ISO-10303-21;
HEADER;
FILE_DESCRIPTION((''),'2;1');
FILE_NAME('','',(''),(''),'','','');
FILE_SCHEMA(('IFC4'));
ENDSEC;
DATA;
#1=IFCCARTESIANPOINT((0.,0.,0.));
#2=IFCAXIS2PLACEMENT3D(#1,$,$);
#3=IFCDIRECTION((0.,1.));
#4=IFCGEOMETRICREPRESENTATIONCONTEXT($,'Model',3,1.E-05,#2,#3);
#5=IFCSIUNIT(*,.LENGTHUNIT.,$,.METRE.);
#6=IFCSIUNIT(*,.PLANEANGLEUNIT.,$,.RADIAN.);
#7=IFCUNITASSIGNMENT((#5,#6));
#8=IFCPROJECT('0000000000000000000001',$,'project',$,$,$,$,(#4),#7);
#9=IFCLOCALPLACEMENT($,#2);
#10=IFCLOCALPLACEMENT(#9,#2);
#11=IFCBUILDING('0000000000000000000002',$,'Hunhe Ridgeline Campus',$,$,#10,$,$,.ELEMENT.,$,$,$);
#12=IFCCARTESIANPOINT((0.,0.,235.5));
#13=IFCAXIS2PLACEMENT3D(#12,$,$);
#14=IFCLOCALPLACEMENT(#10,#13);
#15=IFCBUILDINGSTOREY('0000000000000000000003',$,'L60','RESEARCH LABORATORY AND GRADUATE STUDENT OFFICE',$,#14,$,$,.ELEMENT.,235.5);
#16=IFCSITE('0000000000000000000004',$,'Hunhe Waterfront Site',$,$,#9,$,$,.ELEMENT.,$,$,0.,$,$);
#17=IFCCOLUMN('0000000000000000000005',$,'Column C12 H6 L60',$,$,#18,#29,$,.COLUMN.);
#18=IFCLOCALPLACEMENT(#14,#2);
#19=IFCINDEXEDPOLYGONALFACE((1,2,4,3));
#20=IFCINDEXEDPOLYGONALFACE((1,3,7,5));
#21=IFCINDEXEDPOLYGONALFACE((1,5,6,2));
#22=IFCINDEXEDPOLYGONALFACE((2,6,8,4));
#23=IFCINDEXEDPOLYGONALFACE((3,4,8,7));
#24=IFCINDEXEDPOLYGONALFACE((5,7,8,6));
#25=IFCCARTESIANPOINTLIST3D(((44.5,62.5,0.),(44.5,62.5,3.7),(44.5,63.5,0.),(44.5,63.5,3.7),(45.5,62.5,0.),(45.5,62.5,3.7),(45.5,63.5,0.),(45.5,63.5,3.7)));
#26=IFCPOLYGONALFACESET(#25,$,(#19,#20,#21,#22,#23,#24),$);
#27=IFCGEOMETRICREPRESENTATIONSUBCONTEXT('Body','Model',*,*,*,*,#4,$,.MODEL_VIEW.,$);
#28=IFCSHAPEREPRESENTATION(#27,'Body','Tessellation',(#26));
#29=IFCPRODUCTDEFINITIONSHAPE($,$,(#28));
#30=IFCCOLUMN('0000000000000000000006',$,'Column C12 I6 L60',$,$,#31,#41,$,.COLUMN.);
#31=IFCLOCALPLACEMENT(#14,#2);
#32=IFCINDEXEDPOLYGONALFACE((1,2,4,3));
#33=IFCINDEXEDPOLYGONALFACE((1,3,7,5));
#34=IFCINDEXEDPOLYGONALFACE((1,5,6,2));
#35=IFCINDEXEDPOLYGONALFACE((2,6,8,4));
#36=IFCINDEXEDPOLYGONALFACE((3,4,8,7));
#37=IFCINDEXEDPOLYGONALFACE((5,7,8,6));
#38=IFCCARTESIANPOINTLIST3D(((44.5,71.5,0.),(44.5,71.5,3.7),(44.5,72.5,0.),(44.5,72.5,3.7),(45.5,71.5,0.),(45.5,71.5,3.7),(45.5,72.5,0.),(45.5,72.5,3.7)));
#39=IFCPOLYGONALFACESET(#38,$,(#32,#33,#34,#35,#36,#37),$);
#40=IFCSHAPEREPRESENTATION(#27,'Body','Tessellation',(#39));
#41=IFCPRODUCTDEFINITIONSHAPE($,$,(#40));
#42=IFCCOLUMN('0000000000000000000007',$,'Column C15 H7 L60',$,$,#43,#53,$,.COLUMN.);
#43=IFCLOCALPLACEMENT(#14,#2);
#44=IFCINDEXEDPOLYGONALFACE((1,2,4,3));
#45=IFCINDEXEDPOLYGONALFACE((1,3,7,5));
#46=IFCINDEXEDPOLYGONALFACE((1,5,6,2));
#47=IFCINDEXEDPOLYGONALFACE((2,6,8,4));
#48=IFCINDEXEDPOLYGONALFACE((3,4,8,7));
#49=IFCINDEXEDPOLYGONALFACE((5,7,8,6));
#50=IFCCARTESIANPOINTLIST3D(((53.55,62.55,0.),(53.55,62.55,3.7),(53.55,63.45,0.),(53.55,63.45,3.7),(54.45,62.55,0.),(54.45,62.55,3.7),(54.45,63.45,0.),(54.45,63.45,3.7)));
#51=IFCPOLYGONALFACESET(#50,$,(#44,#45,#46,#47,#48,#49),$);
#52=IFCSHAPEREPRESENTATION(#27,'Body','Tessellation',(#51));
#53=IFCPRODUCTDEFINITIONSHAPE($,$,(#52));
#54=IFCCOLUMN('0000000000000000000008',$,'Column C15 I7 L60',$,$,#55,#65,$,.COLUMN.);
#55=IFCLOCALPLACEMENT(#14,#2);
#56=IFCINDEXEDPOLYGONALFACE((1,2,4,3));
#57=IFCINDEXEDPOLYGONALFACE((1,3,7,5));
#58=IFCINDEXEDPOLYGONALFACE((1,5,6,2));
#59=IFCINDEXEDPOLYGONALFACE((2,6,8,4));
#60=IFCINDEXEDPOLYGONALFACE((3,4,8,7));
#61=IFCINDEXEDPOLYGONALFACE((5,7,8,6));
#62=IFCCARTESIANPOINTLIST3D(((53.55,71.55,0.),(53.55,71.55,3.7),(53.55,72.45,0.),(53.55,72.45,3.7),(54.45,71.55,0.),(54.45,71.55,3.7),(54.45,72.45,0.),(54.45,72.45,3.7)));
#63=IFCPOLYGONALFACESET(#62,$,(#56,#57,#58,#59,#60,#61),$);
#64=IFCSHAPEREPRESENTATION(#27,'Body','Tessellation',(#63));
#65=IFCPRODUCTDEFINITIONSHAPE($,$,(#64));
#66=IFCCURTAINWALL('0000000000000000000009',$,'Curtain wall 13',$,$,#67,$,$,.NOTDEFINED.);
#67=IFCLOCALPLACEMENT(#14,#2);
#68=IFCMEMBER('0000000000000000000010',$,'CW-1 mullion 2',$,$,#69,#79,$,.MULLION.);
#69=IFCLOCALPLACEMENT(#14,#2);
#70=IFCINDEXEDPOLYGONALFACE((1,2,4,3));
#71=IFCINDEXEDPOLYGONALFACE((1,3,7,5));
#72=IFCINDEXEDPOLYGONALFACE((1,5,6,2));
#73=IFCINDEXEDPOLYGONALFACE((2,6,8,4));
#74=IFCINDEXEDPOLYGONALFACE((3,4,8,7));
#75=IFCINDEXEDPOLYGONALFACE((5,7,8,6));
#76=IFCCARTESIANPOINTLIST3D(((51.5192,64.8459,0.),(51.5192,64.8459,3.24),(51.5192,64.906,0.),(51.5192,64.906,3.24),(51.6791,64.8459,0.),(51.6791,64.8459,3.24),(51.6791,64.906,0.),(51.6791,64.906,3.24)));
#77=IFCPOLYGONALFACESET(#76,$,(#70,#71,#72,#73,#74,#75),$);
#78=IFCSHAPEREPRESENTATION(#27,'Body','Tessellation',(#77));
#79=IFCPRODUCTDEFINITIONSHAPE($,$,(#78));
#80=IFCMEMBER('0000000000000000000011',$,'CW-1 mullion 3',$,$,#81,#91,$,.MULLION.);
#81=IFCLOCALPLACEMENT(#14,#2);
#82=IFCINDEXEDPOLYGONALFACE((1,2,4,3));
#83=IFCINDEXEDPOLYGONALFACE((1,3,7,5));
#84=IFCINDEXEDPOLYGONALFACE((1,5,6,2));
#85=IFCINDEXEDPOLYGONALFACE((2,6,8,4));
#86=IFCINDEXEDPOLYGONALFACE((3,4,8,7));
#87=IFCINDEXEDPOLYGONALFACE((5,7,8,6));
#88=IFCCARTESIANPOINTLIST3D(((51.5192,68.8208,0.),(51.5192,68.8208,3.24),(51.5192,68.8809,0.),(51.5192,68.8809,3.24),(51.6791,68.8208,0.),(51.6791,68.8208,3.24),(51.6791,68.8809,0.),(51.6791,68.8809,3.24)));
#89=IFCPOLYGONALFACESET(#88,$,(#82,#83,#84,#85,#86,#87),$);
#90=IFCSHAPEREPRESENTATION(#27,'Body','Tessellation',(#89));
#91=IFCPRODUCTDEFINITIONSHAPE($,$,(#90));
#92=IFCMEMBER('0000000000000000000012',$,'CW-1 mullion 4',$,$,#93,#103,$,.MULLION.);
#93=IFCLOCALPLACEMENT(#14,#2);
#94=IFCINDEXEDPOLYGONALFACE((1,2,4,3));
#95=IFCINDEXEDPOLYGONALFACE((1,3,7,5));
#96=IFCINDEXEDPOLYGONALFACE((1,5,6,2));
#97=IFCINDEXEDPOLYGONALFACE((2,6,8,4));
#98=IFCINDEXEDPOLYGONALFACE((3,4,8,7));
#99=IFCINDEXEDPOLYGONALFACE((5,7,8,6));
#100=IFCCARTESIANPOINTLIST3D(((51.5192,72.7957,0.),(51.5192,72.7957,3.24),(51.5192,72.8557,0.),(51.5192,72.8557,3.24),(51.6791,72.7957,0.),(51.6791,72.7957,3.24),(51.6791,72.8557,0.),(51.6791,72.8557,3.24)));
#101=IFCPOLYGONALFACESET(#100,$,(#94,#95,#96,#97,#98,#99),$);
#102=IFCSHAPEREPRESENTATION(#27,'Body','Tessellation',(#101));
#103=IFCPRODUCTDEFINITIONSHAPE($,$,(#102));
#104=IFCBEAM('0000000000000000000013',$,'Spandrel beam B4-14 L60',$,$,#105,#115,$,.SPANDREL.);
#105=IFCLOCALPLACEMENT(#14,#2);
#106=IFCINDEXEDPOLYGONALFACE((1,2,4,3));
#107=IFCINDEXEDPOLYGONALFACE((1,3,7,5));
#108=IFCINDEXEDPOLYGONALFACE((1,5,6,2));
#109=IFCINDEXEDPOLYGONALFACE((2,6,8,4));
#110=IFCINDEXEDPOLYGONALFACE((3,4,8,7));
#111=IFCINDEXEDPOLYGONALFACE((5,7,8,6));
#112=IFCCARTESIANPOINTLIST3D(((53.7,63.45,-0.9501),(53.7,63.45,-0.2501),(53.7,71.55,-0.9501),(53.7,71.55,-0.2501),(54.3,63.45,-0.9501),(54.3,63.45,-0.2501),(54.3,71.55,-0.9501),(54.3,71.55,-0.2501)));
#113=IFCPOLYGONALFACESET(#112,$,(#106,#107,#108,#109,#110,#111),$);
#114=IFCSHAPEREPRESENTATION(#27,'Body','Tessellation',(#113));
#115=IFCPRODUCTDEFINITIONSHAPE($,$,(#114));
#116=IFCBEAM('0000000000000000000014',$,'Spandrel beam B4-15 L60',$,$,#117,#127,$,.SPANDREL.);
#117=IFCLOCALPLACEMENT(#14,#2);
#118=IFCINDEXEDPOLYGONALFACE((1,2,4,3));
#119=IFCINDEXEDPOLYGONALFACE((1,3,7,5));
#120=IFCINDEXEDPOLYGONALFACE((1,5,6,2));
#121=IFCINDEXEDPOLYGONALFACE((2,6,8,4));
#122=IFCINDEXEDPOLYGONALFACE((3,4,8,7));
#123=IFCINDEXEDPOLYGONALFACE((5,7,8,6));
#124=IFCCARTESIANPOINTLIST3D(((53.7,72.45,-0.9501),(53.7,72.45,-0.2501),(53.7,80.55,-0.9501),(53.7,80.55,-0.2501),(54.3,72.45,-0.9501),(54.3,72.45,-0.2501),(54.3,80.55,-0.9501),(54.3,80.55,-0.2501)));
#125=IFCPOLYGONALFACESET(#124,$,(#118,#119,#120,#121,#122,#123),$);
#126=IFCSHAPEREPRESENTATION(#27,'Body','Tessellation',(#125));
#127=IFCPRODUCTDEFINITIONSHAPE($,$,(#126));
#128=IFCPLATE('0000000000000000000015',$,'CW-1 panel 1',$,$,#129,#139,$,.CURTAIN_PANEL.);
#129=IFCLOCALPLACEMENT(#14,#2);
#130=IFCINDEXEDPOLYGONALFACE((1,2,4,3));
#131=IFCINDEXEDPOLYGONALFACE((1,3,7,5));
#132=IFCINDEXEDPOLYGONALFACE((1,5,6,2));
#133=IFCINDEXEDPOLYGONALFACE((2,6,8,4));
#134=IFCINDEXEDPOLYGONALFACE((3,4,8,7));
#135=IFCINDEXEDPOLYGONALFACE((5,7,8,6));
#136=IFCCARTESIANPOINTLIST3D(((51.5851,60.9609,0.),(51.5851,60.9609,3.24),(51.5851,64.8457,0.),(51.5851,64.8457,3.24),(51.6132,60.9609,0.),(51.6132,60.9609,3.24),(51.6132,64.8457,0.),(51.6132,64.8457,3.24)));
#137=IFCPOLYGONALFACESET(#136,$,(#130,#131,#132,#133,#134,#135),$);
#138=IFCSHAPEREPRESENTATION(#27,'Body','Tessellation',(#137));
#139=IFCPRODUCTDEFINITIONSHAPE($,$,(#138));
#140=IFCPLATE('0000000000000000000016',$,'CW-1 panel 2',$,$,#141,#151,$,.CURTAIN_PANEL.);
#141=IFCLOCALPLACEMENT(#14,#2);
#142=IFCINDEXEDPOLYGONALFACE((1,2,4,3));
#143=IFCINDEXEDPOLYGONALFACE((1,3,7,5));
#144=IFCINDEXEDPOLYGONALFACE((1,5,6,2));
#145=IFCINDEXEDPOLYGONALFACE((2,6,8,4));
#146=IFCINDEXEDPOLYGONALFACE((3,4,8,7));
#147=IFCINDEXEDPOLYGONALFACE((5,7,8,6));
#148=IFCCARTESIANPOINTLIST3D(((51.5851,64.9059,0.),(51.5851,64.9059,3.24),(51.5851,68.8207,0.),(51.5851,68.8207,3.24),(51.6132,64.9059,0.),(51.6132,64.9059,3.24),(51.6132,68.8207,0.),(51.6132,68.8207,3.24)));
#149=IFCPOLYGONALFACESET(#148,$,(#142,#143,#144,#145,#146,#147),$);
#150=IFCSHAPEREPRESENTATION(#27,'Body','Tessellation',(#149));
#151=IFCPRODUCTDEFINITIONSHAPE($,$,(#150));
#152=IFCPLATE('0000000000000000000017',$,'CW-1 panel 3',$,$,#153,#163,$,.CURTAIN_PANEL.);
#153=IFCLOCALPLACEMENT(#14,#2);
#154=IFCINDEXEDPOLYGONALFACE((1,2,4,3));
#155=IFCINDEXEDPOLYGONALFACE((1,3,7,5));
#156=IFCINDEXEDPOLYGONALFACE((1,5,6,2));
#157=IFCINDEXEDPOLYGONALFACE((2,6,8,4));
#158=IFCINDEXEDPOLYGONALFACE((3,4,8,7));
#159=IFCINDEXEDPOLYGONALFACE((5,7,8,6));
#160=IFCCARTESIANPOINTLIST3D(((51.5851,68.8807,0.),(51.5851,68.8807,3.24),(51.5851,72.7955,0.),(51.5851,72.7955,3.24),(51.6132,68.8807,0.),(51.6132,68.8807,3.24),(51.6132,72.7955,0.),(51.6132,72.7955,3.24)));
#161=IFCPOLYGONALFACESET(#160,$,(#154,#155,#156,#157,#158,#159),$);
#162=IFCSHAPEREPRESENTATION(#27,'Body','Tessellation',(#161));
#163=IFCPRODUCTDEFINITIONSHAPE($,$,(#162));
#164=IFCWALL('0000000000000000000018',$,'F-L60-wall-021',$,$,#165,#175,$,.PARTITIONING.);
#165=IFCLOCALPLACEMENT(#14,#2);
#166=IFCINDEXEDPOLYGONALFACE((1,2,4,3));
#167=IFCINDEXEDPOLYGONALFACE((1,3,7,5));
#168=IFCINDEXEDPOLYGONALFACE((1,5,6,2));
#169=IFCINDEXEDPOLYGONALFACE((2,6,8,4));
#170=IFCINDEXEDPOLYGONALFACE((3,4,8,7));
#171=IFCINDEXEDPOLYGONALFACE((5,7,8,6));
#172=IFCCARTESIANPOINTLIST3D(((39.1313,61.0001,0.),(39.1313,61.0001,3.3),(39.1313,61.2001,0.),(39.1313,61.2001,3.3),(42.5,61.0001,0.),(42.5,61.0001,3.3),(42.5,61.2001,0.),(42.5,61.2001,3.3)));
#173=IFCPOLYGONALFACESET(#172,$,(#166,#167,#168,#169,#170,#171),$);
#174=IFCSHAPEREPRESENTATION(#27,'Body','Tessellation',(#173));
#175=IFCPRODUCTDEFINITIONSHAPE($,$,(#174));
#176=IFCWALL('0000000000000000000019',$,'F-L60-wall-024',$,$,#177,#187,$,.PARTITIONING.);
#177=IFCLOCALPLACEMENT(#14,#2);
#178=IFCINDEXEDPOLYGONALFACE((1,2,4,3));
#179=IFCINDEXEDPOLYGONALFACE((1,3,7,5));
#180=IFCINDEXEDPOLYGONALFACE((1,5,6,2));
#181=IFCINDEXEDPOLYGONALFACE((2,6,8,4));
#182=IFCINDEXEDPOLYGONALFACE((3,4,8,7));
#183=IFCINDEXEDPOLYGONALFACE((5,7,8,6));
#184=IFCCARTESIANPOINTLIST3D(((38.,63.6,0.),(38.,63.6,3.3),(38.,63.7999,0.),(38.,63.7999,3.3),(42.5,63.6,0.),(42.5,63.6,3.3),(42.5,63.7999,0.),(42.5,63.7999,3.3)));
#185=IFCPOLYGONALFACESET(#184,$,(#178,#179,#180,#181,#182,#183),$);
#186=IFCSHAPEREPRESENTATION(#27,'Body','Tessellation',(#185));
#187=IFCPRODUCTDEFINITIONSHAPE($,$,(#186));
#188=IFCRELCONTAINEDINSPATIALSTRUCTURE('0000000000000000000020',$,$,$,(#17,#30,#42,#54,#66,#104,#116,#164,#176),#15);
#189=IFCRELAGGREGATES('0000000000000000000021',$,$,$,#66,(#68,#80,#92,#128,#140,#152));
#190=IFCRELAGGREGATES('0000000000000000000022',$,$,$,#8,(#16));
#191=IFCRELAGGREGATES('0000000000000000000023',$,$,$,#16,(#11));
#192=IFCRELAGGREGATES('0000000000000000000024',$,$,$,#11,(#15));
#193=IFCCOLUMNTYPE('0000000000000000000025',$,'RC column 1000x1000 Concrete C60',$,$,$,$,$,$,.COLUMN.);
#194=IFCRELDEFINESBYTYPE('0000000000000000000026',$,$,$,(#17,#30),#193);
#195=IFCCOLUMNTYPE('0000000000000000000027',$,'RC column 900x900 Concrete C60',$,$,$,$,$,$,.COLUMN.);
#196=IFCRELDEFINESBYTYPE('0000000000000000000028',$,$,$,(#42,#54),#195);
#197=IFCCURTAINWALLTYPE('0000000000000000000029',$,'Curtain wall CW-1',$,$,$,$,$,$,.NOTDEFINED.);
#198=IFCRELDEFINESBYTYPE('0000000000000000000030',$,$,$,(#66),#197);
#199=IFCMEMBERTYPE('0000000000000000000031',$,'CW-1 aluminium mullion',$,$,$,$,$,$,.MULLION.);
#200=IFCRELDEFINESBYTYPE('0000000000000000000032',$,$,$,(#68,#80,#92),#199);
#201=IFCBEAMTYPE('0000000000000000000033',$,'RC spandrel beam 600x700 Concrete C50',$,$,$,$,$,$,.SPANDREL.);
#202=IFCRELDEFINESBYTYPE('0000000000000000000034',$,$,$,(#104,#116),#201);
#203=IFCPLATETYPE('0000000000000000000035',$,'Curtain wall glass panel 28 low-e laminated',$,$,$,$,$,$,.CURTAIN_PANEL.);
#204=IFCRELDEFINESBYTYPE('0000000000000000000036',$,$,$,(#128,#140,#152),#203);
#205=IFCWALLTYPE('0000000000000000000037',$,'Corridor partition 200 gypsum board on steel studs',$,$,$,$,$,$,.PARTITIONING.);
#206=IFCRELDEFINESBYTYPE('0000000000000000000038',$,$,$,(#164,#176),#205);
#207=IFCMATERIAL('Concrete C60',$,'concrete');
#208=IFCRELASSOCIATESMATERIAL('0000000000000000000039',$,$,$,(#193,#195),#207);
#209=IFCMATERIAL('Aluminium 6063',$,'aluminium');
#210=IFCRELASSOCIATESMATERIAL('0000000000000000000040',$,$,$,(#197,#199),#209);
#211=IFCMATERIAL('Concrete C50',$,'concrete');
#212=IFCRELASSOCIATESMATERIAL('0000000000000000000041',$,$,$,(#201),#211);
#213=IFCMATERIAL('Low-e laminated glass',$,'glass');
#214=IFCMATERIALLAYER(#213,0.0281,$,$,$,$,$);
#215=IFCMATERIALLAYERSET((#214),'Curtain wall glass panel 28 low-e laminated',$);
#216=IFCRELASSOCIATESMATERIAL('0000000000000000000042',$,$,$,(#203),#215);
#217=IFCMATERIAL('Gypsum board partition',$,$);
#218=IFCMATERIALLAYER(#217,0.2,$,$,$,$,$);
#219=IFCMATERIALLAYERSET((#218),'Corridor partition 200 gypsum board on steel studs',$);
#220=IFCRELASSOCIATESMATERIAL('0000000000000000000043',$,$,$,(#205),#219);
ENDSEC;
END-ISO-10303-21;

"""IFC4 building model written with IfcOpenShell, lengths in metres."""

from ifc_helpers import new_model, si_unit, direction, frame, frame_2d, origin, origin_2d, place, context, subcontext, project, spatial, rectangle, extrude, material, layer, layer_set, material_profile, profile_set, type_object, element, aggregate, save


model = new_model("IFC4")

# Units and contexts
model_context = context("Model", 3, precision=1e-05, world=origin(), true_north=direction((0.0, 1.0)))
body_context = subcontext(model_context, "Body", "Model", "MODEL_VIEW")
ifc_project = project(units=[si_unit("LENGTHUNIT", "METRE"), si_unit("PLANEANGLEUNIT", "RADIAN")], contexts=[model_context])

# Site, building, storey
site_placement = place(None, origin())
site = spatial("IfcSite", under=ifc_project, at=site_placement, Name="Hunhe Waterfront Site", CompositionType="ELEMENT", RefElevation=0.0)
building_placement = place(site_placement, origin())
building = spatial("IfcBuilding", under=site, at=building_placement, Name="Hunhe Ridgeline Campus", CompositionType="ELEMENT")
storey_placement = place(building_placement, frame((0.0, 0.0, 235.5)))
storey = spatial("IfcBuildingStorey", under=building, at=storey_placement, Name="L60", Description="RESEARCH LABORATORY AND GRADUATE STUDENT OFFICE", CompositionType="ELEMENT", Elevation=235.5)

# Columns
ifc_material_1 = material(Name="Concrete C60", Category="concrete")
ifc_material_profile_1 = material_profile(ifc_material_1, rectangle(XDim=1.0, YDim=1.0, at=origin_2d()))
ifc_profile_set_1 = profile_set([ifc_material_profile_1], Name="Concrete C60")
column_type_1 = type_object("IfcColumnType", Name="RC column 1000x1000 Concrete C60", PredefinedType="COLUMN", material=ifc_profile_set_1)
for number, where, z_axis, x_axis, name in (
    (1, (45.0, 63.0, 0.0), (0.0, 0.0, 1.0), (1.0, 0.0, 0.0), "Column C12 H6 L60"),
    (2, (45.0, 72.0, 0.0), (0.0, 0.0, 1.0), (1.0, 0.0, 0.0), "Column C12 I6 L60"),
):
    element("IfcColumn", number, at=place(storey_placement, frame(where, z_axis=z_axis, x_axis=x_axis)), inside=storey, type_object=column_type_1, Name=name, PredefinedType="COLUMN", context=body_context, shape_type="SweptSolid", body=[
        extrude(rectangle(XDim=1.0, YDim=1.0, at=origin_2d()), origin(), (0.0, 0.0, 1.0), 3.7),
    ])
ifc_material_profile_2 = material_profile(ifc_material_1, rectangle(XDim=0.8999, YDim=0.8999, at=origin_2d()))
ifc_profile_set_2 = profile_set([ifc_material_profile_2], Name="Concrete C60")
column_type_2 = type_object("IfcColumnType", Name="RC column 900x900 Concrete C60", PredefinedType="COLUMN", material=ifc_profile_set_2)
for number, where, z_axis, x_axis, name in (
    (3, (54.0, 63.0, 0.0), (0.0, 0.0, 1.0), (1.0, 0.0, 0.0), "Column C15 H7 L60"),
    (4, (54.0, 72.0, 0.0), (0.0, 0.0, 1.0), (1.0, 0.0, 0.0), "Column C15 I7 L60"),
):
    element("IfcColumn", number, at=place(storey_placement, frame(where, z_axis=z_axis, x_axis=x_axis)), inside=storey, type_object=column_type_2, Name=name, PredefinedType="COLUMN", context=body_context, shape_type="SweptSolid", body=[
        extrude(rectangle(XDim=0.8999, YDim=0.8999, at=origin_2d()), origin(), (0.0, 0.0, 1.0), 3.7),
    ])

# Curtain wall, members
ifc_material_2 = material(Name="Aluminium 6063", Category="aluminium")
curtain_wall_type = type_object("IfcCurtainWallType", Name="Curtain wall CW-1", PredefinedType="NOTDEFINED", material=ifc_material_2)
curtain_wall_placement = place(storey_placement, origin())
curtain_wall = element("IfcCurtainWall", 5, at=curtain_wall_placement, inside=storey, type_object=curtain_wall_type, Name="Curtain wall 13", PredefinedType="NOTDEFINED")
ifc_material_profile_3 = material_profile(ifc_material_2, rectangle(XDim=0.1599, YDim=0.0601, at=origin_2d()))
ifc_profile_set_3 = profile_set([ifc_material_profile_3], Name="Aluminium 6063")
member_type = type_object("IfcMemberType", Name="CW-1 aluminium mullion", PredefinedType="MULLION", material=ifc_profile_set_3)
member_1_placement = place(storey_placement, frame((51.5991, 64.876, 0.0), z_axis=(0.0, 0.0, 1.0), x_axis=(-1.0, 0.0, 0.0)))
member_1 = element("IfcMember", 6, at=member_1_placement, type_object=member_type, Name="CW-1 mullion 2", PredefinedType="MULLION", context=body_context, shape_type="SweptSolid", body=[
    extrude(rectangle(XDim=0.1599, YDim=0.0601, at=origin_2d()), origin(), (0.0, 0.0, 1.0), 3.24),
])
member_2_placement = place(storey_placement, frame((51.5991, 68.8508, 0.0), z_axis=(0.0, 0.0, 1.0), x_axis=(-1.0, 0.0, 0.0)))
member_2 = element("IfcMember", 7, at=member_2_placement, type_object=member_type, Name="CW-1 mullion 3", PredefinedType="MULLION", context=body_context, shape_type="SweptSolid", body=[
    extrude(rectangle(XDim=0.1599, YDim=0.0601, at=origin_2d()), origin(), (0.0, 0.0, 1.0), 3.24),
])
member_3_placement = place(storey_placement, frame((51.5991, 72.8257, 0.0), z_axis=(0.0, 0.0, 1.0), x_axis=(-1.0, 0.0, 0.0)))
member_3 = element("IfcMember", 8, at=member_3_placement, type_object=member_type, Name="CW-1 mullion 4", PredefinedType="MULLION", context=body_context, shape_type="SweptSolid", body=[
    extrude(rectangle(XDim=0.1599, YDim=0.0601, at=origin_2d()), origin(), (0.0, 0.0, 1.0), 3.24),
])

# Beams
ifc_material_3 = material(Name="Concrete C50", Category="concrete")
ifc_material_profile_4 = material_profile(ifc_material_3, rectangle(XDim=0.6001, YDim=0.7, at=origin_2d()))
ifc_profile_set_4 = profile_set([ifc_material_profile_4], Name="Concrete C50")
beam_type = type_object("IfcBeamType", Name="RC spandrel beam 600x700 Concrete C50", PredefinedType="SPANDREL", material=ifc_profile_set_4)
for number, where, z_axis, x_axis, name in (
    (9, (54.0, 63.45, -0.6001), (0.0, 1.0, 0.0), (-1.0, 0.0, 0.0), "Spandrel beam B4-14 L60"),
    (10, (54.0, 72.45, -0.6001), (0.0, 1.0, 0.0), (-1.0, 0.0, 0.0), "Spandrel beam B4-15 L60"),
):
    element("IfcBeam", number, at=place(storey_placement, frame(where, z_axis=z_axis, x_axis=x_axis)), inside=storey, type_object=beam_type, Name=name, PredefinedType="SPANDREL", context=body_context, shape_type="SweptSolid", body=[
        extrude(rectangle(XDim=0.6001, YDim=0.7, at=origin_2d()), origin(), (0.0, 0.0, 1.0), 8.1001),
    ])

# Plates
ifc_material_4 = material(Name="Low-e laminated glass", Category="glass")
ifc_layer_1 = layer(ifc_material_4, 0.0281)
ifc_layer_set_1 = layer_set([ifc_layer_1], Name="Curtain wall glass panel 28 low-e laminated")
plate_type = type_object("IfcPlateType", Name="Curtain wall glass panel 28 low-e laminated", PredefinedType="CURTAIN_PANEL", material=ifc_layer_set_1)
plate_1_placement = place(storey_placement, frame((51.5991, 62.9033, 0.0), z_axis=(0.0, 0.0, 1.0), x_axis=(0.0, 1.0, 0.0)))
plate_1 = element("IfcPlate", 11, at=plate_1_placement, type_object=plate_type, Name="CW-1 panel 1", PredefinedType="CURTAIN_PANEL", context=body_context, shape_type="SweptSolid", body=[
    extrude(rectangle(XDim=3.8848, YDim=0.0281, at=origin_2d()), origin(), (0.0, 0.0, 1.0), 3.24),
])
plate_2_placement = place(storey_placement, frame((51.5991, 66.8633, 0.0), z_axis=(0.0, 0.0, 1.0), x_axis=(0.0, 1.0, 0.0)))
plate_2 = element("IfcPlate", 12, at=plate_2_placement, type_object=plate_type, Name="CW-1 panel 2", PredefinedType="CURTAIN_PANEL", context=body_context, shape_type="SweptSolid", body=[
    extrude(rectangle(XDim=3.9148, YDim=0.0281, at=origin_2d()), origin(), (0.0, 0.0, 1.0), 3.24),
])
plate_3_placement = place(storey_placement, frame((51.5991, 70.8381, 0.0), z_axis=(0.0, 0.0, 1.0), x_axis=(0.0, 1.0, 0.0)))
plate_3 = element("IfcPlate", 13, at=plate_3_placement, type_object=plate_type, Name="CW-1 panel 3", PredefinedType="CURTAIN_PANEL", context=body_context, shape_type="SweptSolid", body=[
    extrude(rectangle(XDim=3.9148, YDim=0.0281, at=origin_2d()), origin(), (0.0, 0.0, 1.0), 3.24),
])
aggregate(curtain_wall, [member_1, member_2, member_3, plate_1, plate_2, plate_3])

# Walls
ifc_material_5 = material(Name="Gypsum board partition")
ifc_layer_2 = layer(ifc_material_5, 0.2)
ifc_layer_set_2 = layer_set([ifc_layer_2], Name="Corridor partition 200 gypsum board on steel studs")
wall_type_1 = type_object("IfcWallType", Name="Corridor partition 200 gypsum board on steel studs", PredefinedType="PARTITIONING", material=ifc_layer_set_2)
wall_1_placement = place(storey_placement, frame((42.5, 61.1001, 0.0), z_axis=(0.0, 0.0, 1.0), x_axis=(-1.0, 0.0, 0.0)))
element("IfcWall", 14, at=wall_1_placement, inside=storey, type_object=wall_type_1, Name="F-L60-wall-021", PredefinedType="PARTITIONING", context=body_context, shape_type="SweptSolid", body=[
    extrude(rectangle(XDim=3.3687, YDim=0.2, at=frame_2d((1.6843, 0.0))), origin(), (0.0, 0.0, 1.0), 3.3),
])
wall_2_placement = place(storey_placement, frame((38.0, 63.7, 0.0), z_axis=(0.0, 0.0, 1.0), x_axis=(1.0, 0.0, 0.0)))
element("IfcWall", 15, at=wall_2_placement, inside=storey, type_object=wall_type_1, Name="F-L60-wall-024", PredefinedType="PARTITIONING", context=body_context, shape_type="SweptSolid", body=[
    extrude(rectangle(XDim=4.5, YDim=0.2, at=frame_2d((2.25, 0.0))), origin(), (0.0, 0.0, 1.0), 3.3),
])

save(model, "model.ifc")
